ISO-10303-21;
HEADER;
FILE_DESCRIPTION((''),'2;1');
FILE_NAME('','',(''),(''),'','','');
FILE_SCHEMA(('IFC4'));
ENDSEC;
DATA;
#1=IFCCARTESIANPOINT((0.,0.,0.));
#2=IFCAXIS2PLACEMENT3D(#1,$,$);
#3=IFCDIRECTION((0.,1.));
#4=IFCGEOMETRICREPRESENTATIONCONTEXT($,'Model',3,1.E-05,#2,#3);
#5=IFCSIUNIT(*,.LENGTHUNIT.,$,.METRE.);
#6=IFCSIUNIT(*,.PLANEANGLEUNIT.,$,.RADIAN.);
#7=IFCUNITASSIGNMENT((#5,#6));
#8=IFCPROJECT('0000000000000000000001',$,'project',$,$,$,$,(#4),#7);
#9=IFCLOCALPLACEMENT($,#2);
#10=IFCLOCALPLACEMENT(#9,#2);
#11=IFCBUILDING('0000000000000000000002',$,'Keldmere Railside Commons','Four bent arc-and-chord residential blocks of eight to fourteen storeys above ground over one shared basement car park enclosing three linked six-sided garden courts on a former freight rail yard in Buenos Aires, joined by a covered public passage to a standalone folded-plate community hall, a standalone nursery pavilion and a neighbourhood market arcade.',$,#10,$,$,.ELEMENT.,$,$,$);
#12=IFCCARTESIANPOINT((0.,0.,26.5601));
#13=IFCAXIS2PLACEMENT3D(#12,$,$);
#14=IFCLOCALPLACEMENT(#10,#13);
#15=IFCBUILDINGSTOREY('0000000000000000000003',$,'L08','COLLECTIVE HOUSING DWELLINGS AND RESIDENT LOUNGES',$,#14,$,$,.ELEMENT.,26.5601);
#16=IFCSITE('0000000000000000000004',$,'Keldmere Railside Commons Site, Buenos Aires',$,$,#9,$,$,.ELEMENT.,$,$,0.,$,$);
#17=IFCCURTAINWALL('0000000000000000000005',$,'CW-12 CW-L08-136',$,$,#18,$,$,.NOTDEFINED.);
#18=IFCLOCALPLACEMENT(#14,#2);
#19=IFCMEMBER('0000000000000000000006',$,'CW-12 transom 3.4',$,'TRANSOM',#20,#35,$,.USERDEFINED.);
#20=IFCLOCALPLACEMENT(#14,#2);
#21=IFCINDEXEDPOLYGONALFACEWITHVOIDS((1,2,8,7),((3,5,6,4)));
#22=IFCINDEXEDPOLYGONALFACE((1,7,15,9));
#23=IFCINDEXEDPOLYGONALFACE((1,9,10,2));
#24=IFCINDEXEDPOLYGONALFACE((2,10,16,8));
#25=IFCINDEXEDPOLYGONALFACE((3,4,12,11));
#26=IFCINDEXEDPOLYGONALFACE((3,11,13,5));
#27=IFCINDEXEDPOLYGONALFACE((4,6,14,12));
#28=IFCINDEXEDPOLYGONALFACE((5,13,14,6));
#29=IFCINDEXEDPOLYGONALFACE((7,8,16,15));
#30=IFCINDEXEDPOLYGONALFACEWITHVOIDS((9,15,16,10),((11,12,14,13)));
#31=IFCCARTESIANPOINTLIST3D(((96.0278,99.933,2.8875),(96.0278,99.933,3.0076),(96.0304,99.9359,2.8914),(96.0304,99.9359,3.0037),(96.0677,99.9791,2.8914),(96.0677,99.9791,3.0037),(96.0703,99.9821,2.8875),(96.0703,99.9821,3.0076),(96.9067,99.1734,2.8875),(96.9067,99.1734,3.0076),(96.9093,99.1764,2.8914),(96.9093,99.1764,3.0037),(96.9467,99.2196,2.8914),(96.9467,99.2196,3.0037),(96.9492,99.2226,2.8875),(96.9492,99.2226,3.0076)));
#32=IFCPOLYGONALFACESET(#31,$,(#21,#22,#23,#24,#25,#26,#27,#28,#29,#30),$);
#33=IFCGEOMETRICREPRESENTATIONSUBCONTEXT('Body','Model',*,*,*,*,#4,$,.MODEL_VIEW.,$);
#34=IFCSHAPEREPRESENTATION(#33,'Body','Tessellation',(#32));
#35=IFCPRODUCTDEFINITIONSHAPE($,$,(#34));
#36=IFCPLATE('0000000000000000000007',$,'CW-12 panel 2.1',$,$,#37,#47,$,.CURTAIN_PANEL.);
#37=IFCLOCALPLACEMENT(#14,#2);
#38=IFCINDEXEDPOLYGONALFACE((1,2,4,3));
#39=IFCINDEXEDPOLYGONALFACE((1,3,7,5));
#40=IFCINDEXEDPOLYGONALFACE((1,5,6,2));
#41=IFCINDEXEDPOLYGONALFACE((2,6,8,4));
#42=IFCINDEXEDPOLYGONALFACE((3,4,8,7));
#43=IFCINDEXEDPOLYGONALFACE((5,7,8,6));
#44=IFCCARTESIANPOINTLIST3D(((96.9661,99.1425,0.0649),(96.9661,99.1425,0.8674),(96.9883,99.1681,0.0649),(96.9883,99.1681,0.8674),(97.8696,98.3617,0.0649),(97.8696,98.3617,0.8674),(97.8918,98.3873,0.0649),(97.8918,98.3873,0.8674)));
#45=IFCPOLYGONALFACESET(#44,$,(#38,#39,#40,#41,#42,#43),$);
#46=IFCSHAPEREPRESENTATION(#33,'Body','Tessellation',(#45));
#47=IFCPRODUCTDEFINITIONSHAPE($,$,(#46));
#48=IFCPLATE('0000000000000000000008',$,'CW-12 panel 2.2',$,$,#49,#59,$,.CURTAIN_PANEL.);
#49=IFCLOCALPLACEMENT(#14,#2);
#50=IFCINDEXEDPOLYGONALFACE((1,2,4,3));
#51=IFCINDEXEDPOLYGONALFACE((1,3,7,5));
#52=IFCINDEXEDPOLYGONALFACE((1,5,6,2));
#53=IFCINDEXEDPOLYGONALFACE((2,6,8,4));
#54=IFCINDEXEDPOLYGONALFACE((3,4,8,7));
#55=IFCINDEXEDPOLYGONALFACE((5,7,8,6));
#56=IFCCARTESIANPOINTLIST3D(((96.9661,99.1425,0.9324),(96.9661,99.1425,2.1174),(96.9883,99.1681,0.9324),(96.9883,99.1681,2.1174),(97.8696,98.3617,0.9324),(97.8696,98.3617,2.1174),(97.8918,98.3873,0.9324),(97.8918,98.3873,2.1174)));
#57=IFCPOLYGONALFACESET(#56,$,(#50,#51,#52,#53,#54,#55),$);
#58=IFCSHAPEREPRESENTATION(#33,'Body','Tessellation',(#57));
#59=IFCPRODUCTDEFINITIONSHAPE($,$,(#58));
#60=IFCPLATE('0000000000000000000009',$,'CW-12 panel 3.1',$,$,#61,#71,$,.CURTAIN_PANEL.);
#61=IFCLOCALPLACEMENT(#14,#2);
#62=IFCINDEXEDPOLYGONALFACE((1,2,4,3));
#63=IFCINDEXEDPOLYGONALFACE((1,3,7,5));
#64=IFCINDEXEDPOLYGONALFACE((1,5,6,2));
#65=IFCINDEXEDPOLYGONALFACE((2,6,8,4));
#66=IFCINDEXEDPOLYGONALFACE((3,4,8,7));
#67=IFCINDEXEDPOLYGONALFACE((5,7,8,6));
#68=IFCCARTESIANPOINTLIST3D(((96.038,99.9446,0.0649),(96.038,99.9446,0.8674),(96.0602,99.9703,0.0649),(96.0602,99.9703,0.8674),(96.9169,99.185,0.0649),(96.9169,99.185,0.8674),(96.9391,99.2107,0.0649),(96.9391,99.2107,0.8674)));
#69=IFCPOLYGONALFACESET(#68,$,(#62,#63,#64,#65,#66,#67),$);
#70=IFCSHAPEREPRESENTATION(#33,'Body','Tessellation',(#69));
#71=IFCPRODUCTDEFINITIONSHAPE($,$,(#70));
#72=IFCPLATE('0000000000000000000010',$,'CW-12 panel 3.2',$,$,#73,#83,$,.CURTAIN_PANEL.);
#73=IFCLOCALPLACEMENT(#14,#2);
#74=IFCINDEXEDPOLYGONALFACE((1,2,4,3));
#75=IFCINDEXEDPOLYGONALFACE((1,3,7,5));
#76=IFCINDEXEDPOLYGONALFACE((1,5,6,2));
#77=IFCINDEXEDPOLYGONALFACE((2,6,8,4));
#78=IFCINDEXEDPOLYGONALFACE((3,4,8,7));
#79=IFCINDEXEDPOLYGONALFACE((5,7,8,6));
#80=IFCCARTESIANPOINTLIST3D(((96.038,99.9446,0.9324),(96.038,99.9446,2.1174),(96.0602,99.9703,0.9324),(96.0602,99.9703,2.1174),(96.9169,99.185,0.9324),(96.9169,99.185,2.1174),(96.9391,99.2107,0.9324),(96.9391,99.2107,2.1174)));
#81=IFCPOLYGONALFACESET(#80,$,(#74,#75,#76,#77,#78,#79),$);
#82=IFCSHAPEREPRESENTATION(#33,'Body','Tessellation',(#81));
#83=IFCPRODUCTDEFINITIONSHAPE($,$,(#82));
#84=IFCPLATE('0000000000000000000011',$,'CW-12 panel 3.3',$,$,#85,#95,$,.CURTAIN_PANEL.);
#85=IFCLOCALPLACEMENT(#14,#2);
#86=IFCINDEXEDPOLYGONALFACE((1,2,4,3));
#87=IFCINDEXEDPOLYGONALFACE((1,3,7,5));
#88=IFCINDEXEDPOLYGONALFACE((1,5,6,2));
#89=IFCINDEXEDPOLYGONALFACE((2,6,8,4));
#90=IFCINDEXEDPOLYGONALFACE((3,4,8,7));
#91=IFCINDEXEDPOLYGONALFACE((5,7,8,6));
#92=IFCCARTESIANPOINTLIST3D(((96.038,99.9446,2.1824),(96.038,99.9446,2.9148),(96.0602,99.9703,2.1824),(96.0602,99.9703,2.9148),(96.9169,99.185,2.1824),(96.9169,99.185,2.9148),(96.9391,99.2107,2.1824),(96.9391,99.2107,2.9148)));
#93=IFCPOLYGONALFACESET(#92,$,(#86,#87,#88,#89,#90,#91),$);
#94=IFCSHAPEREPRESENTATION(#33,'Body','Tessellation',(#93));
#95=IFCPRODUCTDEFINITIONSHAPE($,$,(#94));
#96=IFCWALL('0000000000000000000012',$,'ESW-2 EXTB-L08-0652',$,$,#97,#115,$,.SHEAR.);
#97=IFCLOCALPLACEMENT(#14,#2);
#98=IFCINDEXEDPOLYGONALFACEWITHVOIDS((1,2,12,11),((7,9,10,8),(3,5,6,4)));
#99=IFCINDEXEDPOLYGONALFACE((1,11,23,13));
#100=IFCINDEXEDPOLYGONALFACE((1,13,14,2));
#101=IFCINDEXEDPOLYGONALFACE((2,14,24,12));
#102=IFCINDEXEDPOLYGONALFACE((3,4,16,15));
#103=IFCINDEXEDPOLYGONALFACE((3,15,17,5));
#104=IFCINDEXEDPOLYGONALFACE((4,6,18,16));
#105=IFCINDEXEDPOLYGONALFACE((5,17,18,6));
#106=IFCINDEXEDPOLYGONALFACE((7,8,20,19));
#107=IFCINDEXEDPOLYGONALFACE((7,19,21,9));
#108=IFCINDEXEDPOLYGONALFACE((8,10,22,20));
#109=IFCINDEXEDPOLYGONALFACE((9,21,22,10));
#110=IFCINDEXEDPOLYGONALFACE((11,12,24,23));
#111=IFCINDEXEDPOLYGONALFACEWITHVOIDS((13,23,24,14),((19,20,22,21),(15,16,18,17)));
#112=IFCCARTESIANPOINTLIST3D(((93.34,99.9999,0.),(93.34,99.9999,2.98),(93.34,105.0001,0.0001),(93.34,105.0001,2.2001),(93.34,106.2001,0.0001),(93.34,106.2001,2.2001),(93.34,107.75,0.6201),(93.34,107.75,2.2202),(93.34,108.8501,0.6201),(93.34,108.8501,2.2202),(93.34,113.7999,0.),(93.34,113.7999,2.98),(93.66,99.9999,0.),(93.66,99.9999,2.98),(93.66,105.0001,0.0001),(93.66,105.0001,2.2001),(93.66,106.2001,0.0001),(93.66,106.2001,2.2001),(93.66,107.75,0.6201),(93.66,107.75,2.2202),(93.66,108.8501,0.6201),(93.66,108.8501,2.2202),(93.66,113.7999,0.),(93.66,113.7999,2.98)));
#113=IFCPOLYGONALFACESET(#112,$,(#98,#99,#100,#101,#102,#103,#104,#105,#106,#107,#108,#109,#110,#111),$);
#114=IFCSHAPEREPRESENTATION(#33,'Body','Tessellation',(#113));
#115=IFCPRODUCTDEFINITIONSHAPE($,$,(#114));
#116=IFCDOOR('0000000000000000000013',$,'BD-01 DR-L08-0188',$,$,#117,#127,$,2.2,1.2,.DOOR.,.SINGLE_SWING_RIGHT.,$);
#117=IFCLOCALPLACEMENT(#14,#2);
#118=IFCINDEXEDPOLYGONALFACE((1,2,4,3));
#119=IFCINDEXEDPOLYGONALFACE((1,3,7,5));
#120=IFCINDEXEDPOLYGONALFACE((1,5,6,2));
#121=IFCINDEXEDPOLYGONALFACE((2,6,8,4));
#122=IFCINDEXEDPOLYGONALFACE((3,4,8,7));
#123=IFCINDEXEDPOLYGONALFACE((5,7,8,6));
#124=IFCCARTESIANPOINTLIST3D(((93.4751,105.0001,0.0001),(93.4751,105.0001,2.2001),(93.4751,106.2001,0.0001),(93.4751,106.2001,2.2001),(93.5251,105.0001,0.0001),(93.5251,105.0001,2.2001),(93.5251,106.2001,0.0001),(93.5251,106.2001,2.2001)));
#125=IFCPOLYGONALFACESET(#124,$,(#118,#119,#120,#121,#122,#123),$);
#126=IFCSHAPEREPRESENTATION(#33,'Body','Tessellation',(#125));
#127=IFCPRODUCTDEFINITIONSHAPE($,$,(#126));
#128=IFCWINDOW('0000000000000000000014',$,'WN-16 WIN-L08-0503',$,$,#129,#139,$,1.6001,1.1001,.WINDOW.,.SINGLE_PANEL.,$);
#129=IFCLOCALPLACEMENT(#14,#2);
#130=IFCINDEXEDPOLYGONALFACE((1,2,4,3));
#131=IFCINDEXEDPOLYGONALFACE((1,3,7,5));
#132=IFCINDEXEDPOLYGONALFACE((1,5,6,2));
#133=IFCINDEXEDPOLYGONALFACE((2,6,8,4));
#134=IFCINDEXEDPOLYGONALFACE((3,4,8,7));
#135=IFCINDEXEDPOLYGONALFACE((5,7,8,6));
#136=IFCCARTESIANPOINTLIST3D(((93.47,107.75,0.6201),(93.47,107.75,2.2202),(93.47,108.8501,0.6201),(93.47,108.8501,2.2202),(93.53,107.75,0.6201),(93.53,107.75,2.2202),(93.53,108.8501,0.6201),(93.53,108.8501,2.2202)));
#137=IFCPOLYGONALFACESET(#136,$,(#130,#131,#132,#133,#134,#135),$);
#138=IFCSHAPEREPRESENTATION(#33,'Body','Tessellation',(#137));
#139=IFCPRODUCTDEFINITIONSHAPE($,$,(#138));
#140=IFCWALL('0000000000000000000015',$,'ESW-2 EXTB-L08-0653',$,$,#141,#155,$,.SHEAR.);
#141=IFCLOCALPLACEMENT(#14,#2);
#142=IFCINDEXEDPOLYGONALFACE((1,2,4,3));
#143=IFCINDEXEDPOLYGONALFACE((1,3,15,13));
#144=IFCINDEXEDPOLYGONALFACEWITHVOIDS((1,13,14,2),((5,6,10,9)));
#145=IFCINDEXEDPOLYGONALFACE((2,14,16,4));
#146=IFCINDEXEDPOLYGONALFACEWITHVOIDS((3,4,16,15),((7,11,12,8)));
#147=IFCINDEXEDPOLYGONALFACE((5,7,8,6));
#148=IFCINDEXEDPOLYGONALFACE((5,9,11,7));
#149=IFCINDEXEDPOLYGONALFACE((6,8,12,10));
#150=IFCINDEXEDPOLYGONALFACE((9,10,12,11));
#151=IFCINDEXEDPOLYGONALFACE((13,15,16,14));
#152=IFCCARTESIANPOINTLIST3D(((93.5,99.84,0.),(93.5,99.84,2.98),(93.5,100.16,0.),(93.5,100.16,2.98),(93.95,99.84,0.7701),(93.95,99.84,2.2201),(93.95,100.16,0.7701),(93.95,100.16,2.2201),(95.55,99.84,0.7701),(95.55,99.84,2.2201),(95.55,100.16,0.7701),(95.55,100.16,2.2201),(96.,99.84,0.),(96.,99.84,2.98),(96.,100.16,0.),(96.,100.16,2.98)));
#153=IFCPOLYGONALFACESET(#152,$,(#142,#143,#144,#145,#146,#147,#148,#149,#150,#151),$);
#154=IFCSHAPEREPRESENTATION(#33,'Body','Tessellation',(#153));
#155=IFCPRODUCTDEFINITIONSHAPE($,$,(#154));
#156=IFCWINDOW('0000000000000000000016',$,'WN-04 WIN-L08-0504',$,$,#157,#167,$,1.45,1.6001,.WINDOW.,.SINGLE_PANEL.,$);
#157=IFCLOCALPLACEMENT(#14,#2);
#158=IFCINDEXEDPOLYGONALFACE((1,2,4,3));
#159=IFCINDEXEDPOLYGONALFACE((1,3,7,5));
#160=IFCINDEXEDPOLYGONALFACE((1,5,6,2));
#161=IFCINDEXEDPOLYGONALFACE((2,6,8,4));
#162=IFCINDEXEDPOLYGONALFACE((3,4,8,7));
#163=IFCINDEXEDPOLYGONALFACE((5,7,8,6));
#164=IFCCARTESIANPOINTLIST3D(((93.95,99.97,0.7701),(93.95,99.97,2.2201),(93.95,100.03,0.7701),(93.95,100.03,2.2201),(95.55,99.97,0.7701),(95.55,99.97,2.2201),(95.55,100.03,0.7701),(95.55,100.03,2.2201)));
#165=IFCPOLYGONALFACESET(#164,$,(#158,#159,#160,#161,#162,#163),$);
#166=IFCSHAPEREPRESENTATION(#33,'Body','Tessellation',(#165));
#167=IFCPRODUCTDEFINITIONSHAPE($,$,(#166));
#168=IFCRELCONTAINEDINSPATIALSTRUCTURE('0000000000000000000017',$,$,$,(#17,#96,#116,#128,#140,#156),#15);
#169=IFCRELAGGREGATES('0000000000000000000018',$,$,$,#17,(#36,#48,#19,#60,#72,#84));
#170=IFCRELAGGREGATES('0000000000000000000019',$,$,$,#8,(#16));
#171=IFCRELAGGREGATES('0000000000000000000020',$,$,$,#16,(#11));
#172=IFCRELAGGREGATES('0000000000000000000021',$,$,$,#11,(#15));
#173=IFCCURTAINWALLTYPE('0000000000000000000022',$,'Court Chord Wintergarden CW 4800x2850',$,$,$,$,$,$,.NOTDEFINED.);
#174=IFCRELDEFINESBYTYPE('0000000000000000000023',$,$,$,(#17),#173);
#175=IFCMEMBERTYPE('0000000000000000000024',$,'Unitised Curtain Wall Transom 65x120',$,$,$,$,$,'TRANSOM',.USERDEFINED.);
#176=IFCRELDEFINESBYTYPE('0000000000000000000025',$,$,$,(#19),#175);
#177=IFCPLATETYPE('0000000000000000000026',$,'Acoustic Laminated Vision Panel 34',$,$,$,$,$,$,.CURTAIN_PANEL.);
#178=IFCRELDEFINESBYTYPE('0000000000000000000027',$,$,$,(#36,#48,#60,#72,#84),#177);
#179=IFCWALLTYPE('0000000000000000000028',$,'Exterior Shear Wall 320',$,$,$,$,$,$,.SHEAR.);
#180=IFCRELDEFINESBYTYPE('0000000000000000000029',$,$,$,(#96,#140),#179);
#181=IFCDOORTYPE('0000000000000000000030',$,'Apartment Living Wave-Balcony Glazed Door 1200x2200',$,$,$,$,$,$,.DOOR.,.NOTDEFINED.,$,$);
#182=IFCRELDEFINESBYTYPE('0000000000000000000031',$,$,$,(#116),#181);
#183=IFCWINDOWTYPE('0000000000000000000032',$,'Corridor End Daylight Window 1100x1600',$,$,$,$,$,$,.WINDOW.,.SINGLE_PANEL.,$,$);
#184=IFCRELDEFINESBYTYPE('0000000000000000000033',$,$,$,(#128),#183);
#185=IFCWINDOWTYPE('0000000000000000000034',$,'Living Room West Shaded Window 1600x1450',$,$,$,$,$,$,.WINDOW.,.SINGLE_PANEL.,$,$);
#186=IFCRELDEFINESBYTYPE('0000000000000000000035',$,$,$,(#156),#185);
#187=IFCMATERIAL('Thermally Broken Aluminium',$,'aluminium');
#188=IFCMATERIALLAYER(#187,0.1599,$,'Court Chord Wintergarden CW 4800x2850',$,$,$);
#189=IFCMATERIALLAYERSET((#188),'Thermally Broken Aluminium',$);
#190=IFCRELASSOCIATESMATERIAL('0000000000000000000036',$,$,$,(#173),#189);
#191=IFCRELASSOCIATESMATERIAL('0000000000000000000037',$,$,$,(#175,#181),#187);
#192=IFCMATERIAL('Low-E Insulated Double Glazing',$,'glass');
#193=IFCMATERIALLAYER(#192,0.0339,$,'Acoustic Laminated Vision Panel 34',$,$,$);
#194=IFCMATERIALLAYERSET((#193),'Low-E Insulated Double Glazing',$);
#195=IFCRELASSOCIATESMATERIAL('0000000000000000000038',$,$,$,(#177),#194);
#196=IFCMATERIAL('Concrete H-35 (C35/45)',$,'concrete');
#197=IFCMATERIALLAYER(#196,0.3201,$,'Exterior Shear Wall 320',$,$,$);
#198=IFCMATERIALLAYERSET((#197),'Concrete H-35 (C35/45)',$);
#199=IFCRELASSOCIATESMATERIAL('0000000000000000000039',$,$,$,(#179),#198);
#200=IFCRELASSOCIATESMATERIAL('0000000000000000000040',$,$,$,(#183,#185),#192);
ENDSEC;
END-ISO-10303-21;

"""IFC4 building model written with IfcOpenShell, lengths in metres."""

from ifc_helpers import new_model, si_unit, direction, frame, frame_2d, origin, origin_2d, place, context, subcontext, project, spatial, rectangle, hollow_rectangle, extrude, material, layer, layer_set, material_profile, profile_set, type_object, element, fill, aggregate, save


model = new_model("IFC4")

# Units and contexts
model_context = context("Model", 3, precision=1e-05, world=origin(), true_north=direction((0.0, 1.0)))
body_context = subcontext(model_context, "Body", "Model", "MODEL_VIEW")
ifc_project = project(units=[si_unit("LENGTHUNIT", "METRE"), si_unit("PLANEANGLEUNIT", "RADIAN")], contexts=[model_context])

# Site, building, storey
site_placement = place(None, origin())
site = spatial("IfcSite", under=ifc_project, at=site_placement, Name="Keldmere Railside Commons Site, Buenos Aires", CompositionType="ELEMENT", RefElevation=0.0)
building_placement = place(site_placement, origin())
building = spatial("IfcBuilding", under=site, at=building_placement, Name="Keldmere Railside Commons", Description="Four bent arc-and-chord residential blocks of eight to fourteen storeys above ground over one shared basement car park enclosing three linked six-sided garden courts on a former freight rail yard in Buenos Aires, joined by a covered public passage to a standalone folded-plate community hall, a standalone nursery pavilion and a neighbourhood market arcade.", CompositionType="ELEMENT")
storey_placement = place(building_placement, frame((0.0, 0.0, 26.5601)))
storey = spatial("IfcBuildingStorey", under=building, at=storey_placement, Name="L08", Description="COLLECTIVE HOUSING DWELLINGS AND RESIDENT LOUNGES", CompositionType="ELEMENT", Elevation=26.5601)

# Shared definitions
ifc_material_1 = material(Name="Concrete H-35 (C35/45)", Category="concrete")

# Curtain wall, member, plates
ifc_material_2 = material(Name="Thermally Broken Aluminium", Category="aluminium")
ifc_layer_1 = layer(ifc_material_2, 0.1599, Name="Court Chord Wintergarden CW 4800x2850")
ifc_layer_set_1 = layer_set([ifc_layer_1], Name="Thermally Broken Aluminium")
curtain_wall_type = type_object("IfcCurtainWallType", Name="Court Chord Wintergarden CW 4800x2850", PredefinedType="NOTDEFINED", material=ifc_layer_set_1)
curtain_wall_placement = place(storey_placement, origin())
curtain_wall = element("IfcCurtainWall", 1, at=curtain_wall_placement, inside=storey, type_object=curtain_wall_type, Name="CW-12 CW-L08-136", PredefinedType="NOTDEFINED")
ifc_material_profile_1 = material_profile(ifc_material_2, hollow_rectangle(XDim=0.0649, YDim=0.1201, WallThickness=0.0039, at=origin_2d()), Name="ALU-TRAN-65x120")
ifc_profile_set_1 = profile_set([ifc_material_profile_1], Name="Thermally Broken Aluminium")
member_type_1 = type_object("IfcMemberType", Name="Unitised Curtain Wall Transom 65x120", ElementType="TRANSOM", PredefinedType="USERDEFINED", material=ifc_profile_set_1)
member_1_placement = place(storey_placement, frame((96.928, 99.198, 2.9475), z_axis=(-0.756624, 0.65385, 0.0), x_axis=(-0.65385, -0.756624, 0.0)))
member_1 = element("IfcMember", 2, at=member_1_placement, type_object=member_type_1, Name="CW-12 transom 3.4", ObjectType="TRANSOM", PredefinedType="USERDEFINED", context=body_context, shape_type="SweptSolid", body=[
    extrude(hollow_rectangle(XDim=0.0649, YDim=0.1201, WallThickness=0.0039, at=origin_2d()), origin(), (0.0, 0.0, 1.0), 1.1616),
])
ifc_material_3 = material(Name="Low-E Insulated Double Glazing", Category="glass")
ifc_layer_2 = layer(ifc_material_3, 0.0339, Name="Acoustic Laminated Vision Panel 34")
ifc_layer_set_2 = layer_set([ifc_layer_2], Name="Low-E Insulated Double Glazing")
plate_type = type_object("IfcPlateType", Name="Acoustic Laminated Vision Panel 34", PredefinedType="CURTAIN_PANEL", material=ifc_layer_set_2)
plate_1_placement = place(storey_placement, frame((97.429, 98.7649, 0.0649), z_axis=(0.0, 0.0, 1.0), x_axis=(-0.756597, 0.653882, 0.0)))
plate_1 = element("IfcPlate", 3, at=plate_1_placement, type_object=plate_type, Name="CW-12 panel 2.1", PredefinedType="CURTAIN_PANEL", context=body_context, shape_type="SweptSolid", body=[
    extrude(rectangle(XDim=1.1941, YDim=0.0339, at=origin_2d()), origin(), (0.0, 0.0, 1.0), 0.8025),
])
plate_2_placement = place(storey_placement, frame((97.429, 98.7649, 0.9324), z_axis=(0.0, 0.0, 1.0), x_axis=(-0.756597, 0.653882, 0.0)))
plate_2 = element("IfcPlate", 4, at=plate_2_placement, type_object=plate_type, Name="CW-12 panel 2.2", PredefinedType="CURTAIN_PANEL", context=body_context, shape_type="SweptSolid", body=[
    extrude(rectangle(XDim=1.1941, YDim=0.0339, at=origin_2d()), origin(), (0.0, 0.0, 1.0), 1.1851),
])
plate_3_placement = place(storey_placement, frame((96.4885, 99.5776, 0.0649), z_axis=(0.0, 0.0, 1.0), x_axis=(-0.756597, 0.653882, 0.0)))
plate_3 = element("IfcPlate", 5, at=plate_3_placement, type_object=plate_type, Name="CW-12 panel 3.1", PredefinedType="CURTAIN_PANEL", context=body_context, shape_type="SweptSolid", body=[
    extrude(rectangle(XDim=1.1616, YDim=0.0339, at=origin_2d()), origin(), (0.0, 0.0, 1.0), 0.8025),
])
plate_4_placement = place(storey_placement, frame((96.4885, 99.5776, 0.9324), z_axis=(0.0, 0.0, 1.0), x_axis=(-0.756597, 0.653882, 0.0)))
plate_4 = element("IfcPlate", 6, at=plate_4_placement, type_object=plate_type, Name="CW-12 panel 3.2", PredefinedType="CURTAIN_PANEL", context=body_context, shape_type="SweptSolid", body=[
    extrude(rectangle(XDim=1.1616, YDim=0.0339, at=origin_2d()), origin(), (0.0, 0.0, 1.0), 1.1851),
])
plate_5_placement = place(storey_placement, frame((96.4885, 99.5776, 2.1824), z_axis=(0.0, 0.0, 1.0), x_axis=(-0.756597, 0.653882, 0.0)))
plate_5 = element("IfcPlate", 7, at=plate_5_placement, type_object=plate_type, Name="CW-12 panel 3.3", PredefinedType="CURTAIN_PANEL", context=body_context, shape_type="SweptSolid", body=[
    extrude(rectangle(XDim=1.1616, YDim=0.0339, at=origin_2d()), origin(), (0.0, 0.0, 1.0), 0.7324),
])
aggregate(curtain_wall, [plate_1, plate_2, member_1, plate_3, plate_4, plate_5])

# Wall, openings, door, window
ifc_layer_3 = layer(ifc_material_1, 0.3201, Name="Exterior Shear Wall 320")
ifc_layer_set_3 = layer_set([ifc_layer_3], Name="Concrete H-35 (C35/45)")
wall_type = type_object("IfcWallType", Name="Exterior Shear Wall 320", PredefinedType="SHEAR", material=ifc_layer_set_3)
wall_1_placement = place(storey_placement, frame((93.5, 100.0, 0.0), z_axis=(0.0, 0.0, 1.0), x_axis=(0.0, 1.0, 0.0)))
wall_1 = element("IfcWall", 8, at=wall_1_placement, inside=storey, type_object=wall_type, Name="ESW-2 EXTB-L08-0652", PredefinedType="SHEAR", context=body_context, shape_type="SweptSolid", body=[
    extrude(rectangle(XDim=13.8, YDim=0.3201, at=frame_2d((6.8999, 0.0))), origin(), (0.0, 0.0, 1.0), 2.98),
])
opening_1_placement = place(wall_1_placement, frame((5.0, 0.0, 0.0)))
opening_1 = element("IfcOpeningElement", 9, at=opening_1_placement, cuts=wall_1, PredefinedType="OPENING", context=body_context, shape_type="SweptSolid", body=[
    extrude(rectangle(XDim=1.2, YDim=2.2, at=frame_2d((0.6001, 1.1001))), frame((0.0, 0.1699, 0.0), z_axis=(0.0, -1.0, 0.0), x_axis=(1.0, 0.0, 0.0)), (0.0, 0.0, 1.0), 0.3401),
])
opening_2_placement = place(wall_1_placement, frame((7.75, 0.0, 0.6201)))
opening_2 = element("IfcOpeningElement", 10, at=opening_2_placement, cuts=wall_1, PredefinedType="OPENING", context=body_context, shape_type="SweptSolid", body=[
    extrude(rectangle(XDim=1.1001, YDim=1.6001, at=frame_2d((0.55, 0.8))), frame((0.0, 0.1699, 0.0), z_axis=(0.0, -1.0, 0.0), x_axis=(1.0, 0.0, 0.0)), (0.0, 0.0, 1.0), 0.3401),
])
door_type = type_object("IfcDoorType", Name="Apartment Living Wave-Balcony Glazed Door 1200x2200", OperationType="NOTDEFINED", PredefinedType="DOOR", material=ifc_material_2)
door_placement = place(opening_1_placement, origin())
door = element("IfcDoor", 11, at=door_placement, inside=storey, type_object=door_type, Name="BD-01 DR-L08-0188", OperationType="SINGLE_SWING_RIGHT", OverallHeight=2.2, OverallWidth=1.2, PredefinedType="DOOR", context=body_context, shape_type="SweptSolid", body=[
    extrude(rectangle(XDim=1.2, YDim=2.2, at=frame_2d((0.6001, 1.1001))), frame((0.0, 0.0249, 0.0), z_axis=(0.0, -1.0, 0.0), x_axis=(1.0, 0.0, 0.0)), (0.0, 0.0, 1.0), 0.05),
])
fill(opening_1, door)
window_type_1 = type_object("IfcWindowType", Name="Corridor End Daylight Window 1100x1600", PartitioningType="SINGLE_PANEL", PredefinedType="WINDOW", material=ifc_material_3)
window_1_placement = place(opening_2_placement, origin())
window_1 = element("IfcWindow", 12, at=window_1_placement, inside=storey, type_object=window_type_1, Name="WN-16 WIN-L08-0503", OverallHeight=1.6001, OverallWidth=1.1001, PartitioningType="SINGLE_PANEL", PredefinedType="WINDOW", context=body_context, shape_type="SweptSolid", body=[
    extrude(rectangle(XDim=1.1001, YDim=1.6001, at=frame_2d((0.55, 0.8))), frame((0.0, 0.03, 0.0), z_axis=(0.0, -1.0, 0.0), x_axis=(1.0, 0.0, 0.0)), (0.0, 0.0, 1.0), 0.0601),
])
fill(opening_2, window_1)

# Wall, opening, window
wall_2_placement = place(storey_placement, frame((96.0, 100.0, 0.0), z_axis=(0.0, 0.0, 1.0), x_axis=(-1.0, 0.0, 0.0)))
wall_2 = element("IfcWall", 13, at=wall_2_placement, inside=storey, type_object=wall_type, Name="ESW-2 EXTB-L08-0653", PredefinedType="SHEAR", context=body_context, shape_type="SweptSolid", body=[
    extrude(rectangle(XDim=2.5, YDim=0.3201, at=frame_2d((1.25, 0.0))), origin(), (0.0, 0.0, 1.0), 2.98),
])
opening_3_placement = place(wall_2_placement, frame((0.45, 0.0, 0.77)))
opening_3 = element("IfcOpeningElement", 14, at=opening_3_placement, cuts=wall_2, PredefinedType="OPENING", context=body_context, shape_type="SweptSolid", body=[
    extrude(rectangle(XDim=1.6001, YDim=1.45, at=frame_2d((0.8, 0.7251))), frame((0.0, 0.1699, 0.0), z_axis=(0.0, -1.0, 0.0), x_axis=(1.0, 0.0, 0.0)), (0.0, 0.0, 1.0), 0.3401),
])
window_type_2 = type_object("IfcWindowType", Name="Living Room West Shaded Window 1600x1450", PartitioningType="SINGLE_PANEL", PredefinedType="WINDOW", material=ifc_material_3)
window_2_placement = place(opening_3_placement, origin())
window_2 = element("IfcWindow", 15, at=window_2_placement, inside=storey, type_object=window_type_2, Name="WN-04 WIN-L08-0504", OverallHeight=1.45, OverallWidth=1.6001, PartitioningType="SINGLE_PANEL", PredefinedType="WINDOW", context=body_context, shape_type="SweptSolid", body=[
    extrude(rectangle(XDim=1.6001, YDim=1.45, at=frame_2d((0.8, 0.7251))), frame((0.0, 0.03, 0.0), z_axis=(0.0, -1.0, 0.0), x_axis=(1.0, 0.0, 0.0)), (0.0, 0.0, 1.0), 0.0601),
])
fill(opening_3, window_2)

save(model, "model.ifc")
